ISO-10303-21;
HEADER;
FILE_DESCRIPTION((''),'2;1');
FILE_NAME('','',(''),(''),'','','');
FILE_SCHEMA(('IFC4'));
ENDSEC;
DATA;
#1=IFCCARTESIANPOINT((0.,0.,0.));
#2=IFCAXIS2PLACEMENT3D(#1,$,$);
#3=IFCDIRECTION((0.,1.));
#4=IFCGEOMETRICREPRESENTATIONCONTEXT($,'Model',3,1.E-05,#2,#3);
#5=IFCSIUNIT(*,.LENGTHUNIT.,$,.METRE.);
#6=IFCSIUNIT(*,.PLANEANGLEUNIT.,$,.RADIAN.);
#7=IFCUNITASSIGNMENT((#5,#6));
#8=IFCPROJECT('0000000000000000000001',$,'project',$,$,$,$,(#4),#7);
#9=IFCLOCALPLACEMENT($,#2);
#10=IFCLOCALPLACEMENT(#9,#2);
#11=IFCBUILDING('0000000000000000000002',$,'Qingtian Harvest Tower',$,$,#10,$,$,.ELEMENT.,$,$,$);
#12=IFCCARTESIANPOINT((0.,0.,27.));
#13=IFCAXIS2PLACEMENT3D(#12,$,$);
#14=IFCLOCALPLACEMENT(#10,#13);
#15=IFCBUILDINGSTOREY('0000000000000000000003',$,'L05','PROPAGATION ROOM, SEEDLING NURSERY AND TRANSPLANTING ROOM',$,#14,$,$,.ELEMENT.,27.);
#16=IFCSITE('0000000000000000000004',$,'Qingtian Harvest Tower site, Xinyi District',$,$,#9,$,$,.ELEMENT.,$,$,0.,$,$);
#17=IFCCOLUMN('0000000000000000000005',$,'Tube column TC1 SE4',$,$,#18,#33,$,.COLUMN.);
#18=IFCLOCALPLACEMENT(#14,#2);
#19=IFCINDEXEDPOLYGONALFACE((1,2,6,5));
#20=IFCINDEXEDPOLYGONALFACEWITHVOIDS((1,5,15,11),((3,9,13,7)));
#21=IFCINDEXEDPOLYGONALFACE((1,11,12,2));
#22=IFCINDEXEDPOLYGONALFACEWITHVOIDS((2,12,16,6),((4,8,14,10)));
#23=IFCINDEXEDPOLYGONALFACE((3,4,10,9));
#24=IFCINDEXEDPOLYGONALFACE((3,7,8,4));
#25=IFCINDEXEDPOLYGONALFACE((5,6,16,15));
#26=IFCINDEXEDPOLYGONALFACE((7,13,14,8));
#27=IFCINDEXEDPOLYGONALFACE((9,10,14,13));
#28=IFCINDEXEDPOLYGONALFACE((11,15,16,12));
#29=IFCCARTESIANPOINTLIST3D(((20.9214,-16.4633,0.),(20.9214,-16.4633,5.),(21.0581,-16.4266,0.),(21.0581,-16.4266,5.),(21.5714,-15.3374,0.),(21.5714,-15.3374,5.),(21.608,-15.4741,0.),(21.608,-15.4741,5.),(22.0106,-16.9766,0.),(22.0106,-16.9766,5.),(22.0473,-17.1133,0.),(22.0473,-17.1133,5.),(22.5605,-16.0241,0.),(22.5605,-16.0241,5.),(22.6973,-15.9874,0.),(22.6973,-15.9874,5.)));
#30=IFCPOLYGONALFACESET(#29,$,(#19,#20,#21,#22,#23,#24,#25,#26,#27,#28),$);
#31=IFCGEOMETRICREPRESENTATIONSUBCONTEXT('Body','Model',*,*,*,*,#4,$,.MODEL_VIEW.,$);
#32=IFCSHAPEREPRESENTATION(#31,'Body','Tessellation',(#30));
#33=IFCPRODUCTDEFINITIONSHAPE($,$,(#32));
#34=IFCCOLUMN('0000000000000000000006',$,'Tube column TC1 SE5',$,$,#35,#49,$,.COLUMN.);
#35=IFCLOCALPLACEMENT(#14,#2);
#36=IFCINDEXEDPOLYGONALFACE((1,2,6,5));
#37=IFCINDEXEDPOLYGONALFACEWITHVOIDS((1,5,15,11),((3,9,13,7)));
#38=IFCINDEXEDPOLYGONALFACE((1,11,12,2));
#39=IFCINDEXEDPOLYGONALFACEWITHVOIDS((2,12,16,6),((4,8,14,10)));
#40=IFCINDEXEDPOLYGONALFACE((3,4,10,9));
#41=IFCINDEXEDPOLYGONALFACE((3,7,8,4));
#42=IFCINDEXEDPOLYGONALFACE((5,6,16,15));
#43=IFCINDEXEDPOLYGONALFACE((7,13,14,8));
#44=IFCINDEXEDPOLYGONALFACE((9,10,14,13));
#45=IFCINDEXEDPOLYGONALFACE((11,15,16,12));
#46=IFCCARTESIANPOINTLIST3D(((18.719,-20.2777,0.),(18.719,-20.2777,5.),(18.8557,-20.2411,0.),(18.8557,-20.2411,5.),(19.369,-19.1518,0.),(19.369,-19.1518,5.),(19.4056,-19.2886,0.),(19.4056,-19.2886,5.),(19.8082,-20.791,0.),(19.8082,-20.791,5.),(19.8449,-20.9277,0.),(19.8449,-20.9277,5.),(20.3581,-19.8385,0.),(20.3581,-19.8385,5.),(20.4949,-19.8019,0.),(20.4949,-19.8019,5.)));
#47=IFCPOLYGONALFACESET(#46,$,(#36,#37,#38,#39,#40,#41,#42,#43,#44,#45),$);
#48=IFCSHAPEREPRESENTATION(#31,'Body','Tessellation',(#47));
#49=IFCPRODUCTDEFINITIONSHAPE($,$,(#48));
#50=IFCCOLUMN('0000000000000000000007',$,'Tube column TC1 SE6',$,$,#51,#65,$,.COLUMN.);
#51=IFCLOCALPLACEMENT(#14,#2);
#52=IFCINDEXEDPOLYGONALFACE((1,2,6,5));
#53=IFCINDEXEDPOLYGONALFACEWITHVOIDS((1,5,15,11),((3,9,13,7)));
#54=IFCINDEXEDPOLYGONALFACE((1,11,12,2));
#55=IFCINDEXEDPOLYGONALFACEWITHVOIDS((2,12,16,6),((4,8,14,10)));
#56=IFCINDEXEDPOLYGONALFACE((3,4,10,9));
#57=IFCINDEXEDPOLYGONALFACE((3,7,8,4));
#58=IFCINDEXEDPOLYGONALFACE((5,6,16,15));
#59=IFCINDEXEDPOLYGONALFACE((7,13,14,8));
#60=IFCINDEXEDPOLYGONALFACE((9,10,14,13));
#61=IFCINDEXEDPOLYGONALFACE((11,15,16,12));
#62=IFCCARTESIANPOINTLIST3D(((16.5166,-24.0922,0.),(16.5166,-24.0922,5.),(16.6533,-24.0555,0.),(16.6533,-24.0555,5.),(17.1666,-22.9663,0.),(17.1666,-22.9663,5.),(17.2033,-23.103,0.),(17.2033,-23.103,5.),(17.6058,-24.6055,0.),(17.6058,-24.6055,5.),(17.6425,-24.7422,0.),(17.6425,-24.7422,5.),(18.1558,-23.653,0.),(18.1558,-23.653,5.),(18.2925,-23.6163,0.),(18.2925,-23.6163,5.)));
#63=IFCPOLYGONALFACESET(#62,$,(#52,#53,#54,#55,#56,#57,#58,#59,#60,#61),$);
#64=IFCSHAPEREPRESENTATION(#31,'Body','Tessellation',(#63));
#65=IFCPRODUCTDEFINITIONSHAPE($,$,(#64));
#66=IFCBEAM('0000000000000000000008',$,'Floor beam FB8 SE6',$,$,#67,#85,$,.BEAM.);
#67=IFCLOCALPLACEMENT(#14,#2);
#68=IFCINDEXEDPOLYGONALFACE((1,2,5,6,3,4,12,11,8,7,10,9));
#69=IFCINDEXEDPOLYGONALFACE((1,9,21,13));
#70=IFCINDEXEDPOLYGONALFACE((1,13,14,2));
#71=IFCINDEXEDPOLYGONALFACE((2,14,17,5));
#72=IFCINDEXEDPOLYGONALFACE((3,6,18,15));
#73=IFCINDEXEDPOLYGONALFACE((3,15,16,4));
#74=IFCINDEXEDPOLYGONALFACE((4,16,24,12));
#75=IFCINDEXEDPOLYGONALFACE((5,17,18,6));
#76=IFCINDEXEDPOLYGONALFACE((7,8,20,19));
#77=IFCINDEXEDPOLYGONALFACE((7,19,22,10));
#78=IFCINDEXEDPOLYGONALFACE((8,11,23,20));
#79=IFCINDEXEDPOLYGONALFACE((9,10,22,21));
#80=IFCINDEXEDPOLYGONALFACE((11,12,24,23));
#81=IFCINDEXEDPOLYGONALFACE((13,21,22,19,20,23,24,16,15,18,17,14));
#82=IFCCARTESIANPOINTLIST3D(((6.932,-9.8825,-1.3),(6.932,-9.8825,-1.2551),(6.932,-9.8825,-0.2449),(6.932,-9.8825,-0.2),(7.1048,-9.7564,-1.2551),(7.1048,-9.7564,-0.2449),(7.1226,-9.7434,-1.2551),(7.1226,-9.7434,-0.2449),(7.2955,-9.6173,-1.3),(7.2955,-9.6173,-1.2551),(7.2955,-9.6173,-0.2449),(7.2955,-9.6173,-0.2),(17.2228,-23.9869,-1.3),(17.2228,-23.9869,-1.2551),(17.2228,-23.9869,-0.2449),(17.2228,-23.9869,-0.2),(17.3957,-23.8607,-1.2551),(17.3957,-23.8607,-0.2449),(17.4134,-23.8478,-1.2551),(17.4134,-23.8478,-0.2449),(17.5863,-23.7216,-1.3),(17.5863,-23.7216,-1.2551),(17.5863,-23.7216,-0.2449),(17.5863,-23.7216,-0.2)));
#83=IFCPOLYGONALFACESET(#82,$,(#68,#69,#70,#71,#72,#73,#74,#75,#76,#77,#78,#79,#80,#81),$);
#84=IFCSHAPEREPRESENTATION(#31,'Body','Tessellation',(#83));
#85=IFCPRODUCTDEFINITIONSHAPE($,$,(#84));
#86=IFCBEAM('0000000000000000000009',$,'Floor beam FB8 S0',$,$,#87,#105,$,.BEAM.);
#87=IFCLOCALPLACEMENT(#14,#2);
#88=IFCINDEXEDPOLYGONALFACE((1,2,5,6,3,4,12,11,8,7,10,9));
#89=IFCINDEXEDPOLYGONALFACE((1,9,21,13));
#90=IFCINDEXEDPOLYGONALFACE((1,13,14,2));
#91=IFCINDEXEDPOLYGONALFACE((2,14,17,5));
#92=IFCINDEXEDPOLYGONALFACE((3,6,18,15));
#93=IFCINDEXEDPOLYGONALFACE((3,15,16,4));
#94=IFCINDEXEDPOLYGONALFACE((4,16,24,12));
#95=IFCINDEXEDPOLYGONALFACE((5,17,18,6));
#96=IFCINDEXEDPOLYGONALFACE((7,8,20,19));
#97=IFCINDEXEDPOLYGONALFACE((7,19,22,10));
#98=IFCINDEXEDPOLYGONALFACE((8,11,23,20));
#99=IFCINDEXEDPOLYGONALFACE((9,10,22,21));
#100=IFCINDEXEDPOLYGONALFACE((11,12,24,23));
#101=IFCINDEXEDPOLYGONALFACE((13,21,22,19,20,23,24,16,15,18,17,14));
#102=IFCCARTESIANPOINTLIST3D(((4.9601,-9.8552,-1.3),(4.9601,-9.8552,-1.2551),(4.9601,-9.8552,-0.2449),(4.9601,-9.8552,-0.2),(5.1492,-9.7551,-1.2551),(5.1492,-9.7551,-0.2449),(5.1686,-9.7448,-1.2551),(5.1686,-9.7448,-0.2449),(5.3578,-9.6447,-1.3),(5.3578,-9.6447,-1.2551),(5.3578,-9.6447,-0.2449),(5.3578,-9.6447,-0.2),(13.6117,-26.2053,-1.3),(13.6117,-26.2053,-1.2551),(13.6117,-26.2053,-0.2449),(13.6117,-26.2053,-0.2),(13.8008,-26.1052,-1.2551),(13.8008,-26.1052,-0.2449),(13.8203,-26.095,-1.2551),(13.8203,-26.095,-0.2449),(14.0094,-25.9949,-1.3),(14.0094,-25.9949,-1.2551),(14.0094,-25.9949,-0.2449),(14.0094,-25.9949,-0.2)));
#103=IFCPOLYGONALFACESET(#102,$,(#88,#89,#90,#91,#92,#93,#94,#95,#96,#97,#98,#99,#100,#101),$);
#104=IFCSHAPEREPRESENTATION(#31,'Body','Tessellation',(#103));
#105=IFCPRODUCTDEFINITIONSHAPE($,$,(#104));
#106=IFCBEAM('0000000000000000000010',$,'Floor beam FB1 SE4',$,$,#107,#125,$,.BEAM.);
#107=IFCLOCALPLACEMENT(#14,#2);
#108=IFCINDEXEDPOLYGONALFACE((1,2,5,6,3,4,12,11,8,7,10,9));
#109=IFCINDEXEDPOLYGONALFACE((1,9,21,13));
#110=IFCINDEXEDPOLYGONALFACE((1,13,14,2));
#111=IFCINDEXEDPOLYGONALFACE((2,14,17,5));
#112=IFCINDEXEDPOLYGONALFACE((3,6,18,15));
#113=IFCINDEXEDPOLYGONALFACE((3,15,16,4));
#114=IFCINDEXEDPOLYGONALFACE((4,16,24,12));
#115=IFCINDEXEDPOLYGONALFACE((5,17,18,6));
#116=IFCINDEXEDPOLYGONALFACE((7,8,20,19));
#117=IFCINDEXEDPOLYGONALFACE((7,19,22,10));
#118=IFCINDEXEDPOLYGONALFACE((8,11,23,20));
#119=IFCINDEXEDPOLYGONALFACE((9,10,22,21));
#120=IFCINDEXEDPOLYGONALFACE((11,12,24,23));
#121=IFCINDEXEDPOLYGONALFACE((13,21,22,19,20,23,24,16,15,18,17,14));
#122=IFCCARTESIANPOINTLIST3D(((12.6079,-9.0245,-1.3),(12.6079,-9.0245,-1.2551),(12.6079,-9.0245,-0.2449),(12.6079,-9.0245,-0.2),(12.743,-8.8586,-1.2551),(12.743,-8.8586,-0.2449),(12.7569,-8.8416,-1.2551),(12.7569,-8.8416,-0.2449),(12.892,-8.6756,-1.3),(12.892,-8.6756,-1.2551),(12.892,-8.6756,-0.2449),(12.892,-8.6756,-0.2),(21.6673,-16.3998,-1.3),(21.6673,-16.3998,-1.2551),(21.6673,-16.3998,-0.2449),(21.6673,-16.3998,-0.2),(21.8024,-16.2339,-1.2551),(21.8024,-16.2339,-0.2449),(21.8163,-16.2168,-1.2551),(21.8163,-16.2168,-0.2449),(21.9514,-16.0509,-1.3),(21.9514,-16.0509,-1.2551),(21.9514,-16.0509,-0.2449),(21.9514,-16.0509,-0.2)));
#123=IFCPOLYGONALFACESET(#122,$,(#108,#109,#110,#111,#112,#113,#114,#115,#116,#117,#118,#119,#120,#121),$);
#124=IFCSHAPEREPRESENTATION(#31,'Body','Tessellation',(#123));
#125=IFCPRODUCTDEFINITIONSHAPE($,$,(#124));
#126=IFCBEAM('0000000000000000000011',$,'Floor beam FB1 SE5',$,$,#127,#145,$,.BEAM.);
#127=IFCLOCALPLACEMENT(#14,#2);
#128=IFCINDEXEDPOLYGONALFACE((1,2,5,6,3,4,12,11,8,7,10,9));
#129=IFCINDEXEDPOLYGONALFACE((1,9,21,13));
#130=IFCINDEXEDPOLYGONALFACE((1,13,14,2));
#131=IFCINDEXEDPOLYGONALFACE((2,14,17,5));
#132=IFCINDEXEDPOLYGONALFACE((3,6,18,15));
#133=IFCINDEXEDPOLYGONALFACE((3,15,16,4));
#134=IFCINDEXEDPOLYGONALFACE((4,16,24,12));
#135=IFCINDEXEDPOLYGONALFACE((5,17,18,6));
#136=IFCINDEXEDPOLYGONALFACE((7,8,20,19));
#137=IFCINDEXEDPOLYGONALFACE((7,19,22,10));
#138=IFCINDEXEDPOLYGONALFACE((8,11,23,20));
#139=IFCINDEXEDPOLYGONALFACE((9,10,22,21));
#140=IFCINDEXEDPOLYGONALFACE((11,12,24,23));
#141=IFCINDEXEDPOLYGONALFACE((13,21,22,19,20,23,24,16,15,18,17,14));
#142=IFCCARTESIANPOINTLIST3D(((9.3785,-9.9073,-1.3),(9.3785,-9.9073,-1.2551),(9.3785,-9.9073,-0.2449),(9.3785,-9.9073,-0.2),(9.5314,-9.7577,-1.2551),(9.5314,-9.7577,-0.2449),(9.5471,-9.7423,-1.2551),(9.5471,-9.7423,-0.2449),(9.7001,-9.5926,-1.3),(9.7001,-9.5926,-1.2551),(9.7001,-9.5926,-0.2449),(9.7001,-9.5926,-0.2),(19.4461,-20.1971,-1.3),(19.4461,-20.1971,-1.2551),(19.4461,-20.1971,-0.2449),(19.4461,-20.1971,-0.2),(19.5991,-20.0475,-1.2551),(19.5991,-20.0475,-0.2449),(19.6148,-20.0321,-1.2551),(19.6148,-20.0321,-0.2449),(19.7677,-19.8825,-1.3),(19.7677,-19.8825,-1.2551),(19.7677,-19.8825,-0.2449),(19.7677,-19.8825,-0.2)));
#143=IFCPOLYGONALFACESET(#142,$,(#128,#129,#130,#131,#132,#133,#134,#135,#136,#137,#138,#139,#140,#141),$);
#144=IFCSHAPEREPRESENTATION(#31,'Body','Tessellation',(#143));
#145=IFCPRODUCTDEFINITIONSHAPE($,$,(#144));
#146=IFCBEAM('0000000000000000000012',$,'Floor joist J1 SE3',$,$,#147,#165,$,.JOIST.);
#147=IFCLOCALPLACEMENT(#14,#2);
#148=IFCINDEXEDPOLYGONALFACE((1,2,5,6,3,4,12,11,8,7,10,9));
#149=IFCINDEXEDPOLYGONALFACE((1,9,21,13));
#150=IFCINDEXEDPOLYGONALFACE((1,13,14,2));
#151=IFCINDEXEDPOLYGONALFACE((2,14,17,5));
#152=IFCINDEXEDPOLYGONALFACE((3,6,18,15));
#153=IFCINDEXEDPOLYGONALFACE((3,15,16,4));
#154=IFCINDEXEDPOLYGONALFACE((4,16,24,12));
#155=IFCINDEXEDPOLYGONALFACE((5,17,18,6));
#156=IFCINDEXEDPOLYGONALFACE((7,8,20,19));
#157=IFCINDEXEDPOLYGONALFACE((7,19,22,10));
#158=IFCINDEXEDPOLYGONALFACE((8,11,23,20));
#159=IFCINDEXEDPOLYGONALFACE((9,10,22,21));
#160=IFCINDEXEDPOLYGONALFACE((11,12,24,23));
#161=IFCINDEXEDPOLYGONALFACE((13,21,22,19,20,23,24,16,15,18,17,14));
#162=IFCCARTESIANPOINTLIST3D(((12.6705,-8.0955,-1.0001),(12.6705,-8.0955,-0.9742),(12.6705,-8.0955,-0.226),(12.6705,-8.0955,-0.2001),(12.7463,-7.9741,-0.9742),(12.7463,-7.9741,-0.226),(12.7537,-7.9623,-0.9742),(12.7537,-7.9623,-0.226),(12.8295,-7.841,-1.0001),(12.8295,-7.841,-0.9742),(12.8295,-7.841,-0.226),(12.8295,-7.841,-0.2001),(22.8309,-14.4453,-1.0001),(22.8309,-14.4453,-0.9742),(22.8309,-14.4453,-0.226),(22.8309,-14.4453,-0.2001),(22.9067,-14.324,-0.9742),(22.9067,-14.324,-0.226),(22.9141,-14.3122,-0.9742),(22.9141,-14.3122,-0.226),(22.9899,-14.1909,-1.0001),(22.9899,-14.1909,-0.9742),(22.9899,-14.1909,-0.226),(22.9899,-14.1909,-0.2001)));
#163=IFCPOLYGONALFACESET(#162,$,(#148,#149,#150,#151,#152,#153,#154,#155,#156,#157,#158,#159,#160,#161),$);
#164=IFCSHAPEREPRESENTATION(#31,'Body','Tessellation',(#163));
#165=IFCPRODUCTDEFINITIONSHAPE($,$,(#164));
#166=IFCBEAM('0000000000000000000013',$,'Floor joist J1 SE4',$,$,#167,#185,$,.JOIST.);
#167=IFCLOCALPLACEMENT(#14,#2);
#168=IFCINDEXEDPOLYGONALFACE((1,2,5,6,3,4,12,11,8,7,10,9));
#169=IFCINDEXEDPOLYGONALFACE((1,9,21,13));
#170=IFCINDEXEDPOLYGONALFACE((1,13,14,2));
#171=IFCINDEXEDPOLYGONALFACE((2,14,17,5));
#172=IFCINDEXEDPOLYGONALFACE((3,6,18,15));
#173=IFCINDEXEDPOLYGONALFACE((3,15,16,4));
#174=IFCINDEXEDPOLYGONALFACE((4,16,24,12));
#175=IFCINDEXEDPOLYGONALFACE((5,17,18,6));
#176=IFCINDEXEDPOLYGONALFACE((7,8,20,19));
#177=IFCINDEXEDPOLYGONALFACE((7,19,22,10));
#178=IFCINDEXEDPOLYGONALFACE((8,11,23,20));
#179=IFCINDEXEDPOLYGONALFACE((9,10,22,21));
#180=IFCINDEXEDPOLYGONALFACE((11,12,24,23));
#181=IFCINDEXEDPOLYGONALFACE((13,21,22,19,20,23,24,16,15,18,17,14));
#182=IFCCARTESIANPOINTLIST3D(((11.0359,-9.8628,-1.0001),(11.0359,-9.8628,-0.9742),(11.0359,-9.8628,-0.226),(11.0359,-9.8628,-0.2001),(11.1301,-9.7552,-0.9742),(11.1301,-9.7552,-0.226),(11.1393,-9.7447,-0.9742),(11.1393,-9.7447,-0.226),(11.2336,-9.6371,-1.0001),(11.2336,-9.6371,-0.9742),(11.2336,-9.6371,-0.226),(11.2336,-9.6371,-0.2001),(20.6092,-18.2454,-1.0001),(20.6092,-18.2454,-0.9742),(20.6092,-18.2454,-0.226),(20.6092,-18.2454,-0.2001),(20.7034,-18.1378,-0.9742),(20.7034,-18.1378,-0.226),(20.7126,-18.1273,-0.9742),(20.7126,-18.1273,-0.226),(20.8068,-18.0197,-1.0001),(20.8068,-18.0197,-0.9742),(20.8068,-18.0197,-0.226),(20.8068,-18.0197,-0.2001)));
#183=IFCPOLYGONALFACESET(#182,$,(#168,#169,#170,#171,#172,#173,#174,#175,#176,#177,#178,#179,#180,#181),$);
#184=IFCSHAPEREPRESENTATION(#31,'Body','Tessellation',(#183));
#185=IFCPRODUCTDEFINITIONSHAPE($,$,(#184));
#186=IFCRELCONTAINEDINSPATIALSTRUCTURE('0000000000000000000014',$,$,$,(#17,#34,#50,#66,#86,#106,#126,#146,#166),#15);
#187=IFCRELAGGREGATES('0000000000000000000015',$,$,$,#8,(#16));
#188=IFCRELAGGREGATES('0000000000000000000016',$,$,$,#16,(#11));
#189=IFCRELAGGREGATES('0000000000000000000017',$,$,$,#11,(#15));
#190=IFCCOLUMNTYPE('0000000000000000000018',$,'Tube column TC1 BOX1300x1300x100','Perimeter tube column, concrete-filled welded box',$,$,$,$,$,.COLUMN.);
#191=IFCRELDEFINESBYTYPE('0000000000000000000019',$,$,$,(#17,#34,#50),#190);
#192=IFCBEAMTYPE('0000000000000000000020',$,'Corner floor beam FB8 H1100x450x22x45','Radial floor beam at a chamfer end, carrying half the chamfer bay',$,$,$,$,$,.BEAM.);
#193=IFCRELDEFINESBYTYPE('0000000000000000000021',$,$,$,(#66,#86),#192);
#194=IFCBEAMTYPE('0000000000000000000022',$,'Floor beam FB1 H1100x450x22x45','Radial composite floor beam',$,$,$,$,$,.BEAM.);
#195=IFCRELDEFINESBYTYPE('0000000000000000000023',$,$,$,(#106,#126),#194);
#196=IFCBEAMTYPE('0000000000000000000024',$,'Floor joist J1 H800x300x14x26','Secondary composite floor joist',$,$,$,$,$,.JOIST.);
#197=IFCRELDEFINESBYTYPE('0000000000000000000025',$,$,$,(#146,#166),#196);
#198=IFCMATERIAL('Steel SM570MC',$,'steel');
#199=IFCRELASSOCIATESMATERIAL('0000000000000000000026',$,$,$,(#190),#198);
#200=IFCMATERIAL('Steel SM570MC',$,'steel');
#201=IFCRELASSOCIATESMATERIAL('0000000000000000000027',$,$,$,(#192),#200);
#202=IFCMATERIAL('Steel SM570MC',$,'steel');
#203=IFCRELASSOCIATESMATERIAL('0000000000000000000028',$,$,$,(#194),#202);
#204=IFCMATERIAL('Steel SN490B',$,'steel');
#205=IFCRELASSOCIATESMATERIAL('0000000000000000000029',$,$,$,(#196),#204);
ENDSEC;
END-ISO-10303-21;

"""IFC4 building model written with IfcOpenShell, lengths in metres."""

from ifc_helpers import new_model, si_unit, direction, frame, origin, origin_2d, place, context, subcontext, project, spatial, hollow_rectangle, i_section, extrude, material, material_profile, profile_set, type_object, element, save


model = new_model("IFC4")

# Units and contexts
model_context = context("Model", 3, precision=1e-05, world=origin(), true_north=direction((0.0, 1.0)))
body_context = subcontext(model_context, "Body", "Model", "MODEL_VIEW")
ifc_project = project(units=[si_unit("LENGTHUNIT", "METRE"), si_unit("PLANEANGLEUNIT", "RADIAN")], contexts=[model_context])

# Site, building, storey
site_placement = place(None, origin())
site = spatial("IfcSite", under=ifc_project, at=site_placement, Name="Qingtian Harvest Tower site, Xinyi District", CompositionType="ELEMENT", RefElevation=0.0)
building_placement = place(site_placement, origin())
building = spatial("IfcBuilding", under=site, at=building_placement, Name="Qingtian Harvest Tower", CompositionType="ELEMENT")
storey_placement = place(building_placement, frame((0.0, 0.0, 27.0)))
storey = spatial("IfcBuildingStorey", under=building, at=storey_placement, Name="L05", Description="PROPAGATION ROOM, SEEDLING NURSERY AND TRANSPLANTING ROOM", CompositionType="ELEMENT", Elevation=27.0)

# Columns
ifc_material_1 = material(Name="Steel SM570MC", Category="steel")
ifc_material_profile_1 = material_profile(ifc_material_1, hollow_rectangle(XDim=1.3, YDim=1.3, WallThickness=0.1001, at=origin_2d()), Name="BOX1300x1300x100")
ifc_profile_set_1 = profile_set([ifc_material_profile_1], Name="Steel SM570MC")
column_type = type_object("IfcColumnType", Name="Tube column TC1 BOX1300x1300x100", Description="Perimeter tube column, concrete-filled welded box", PredefinedType="COLUMN", material=ifc_profile_set_1)
for number, where, z_axis, x_axis, name in (
    (1, (21.8093, -16.2253, 0.0), (0.0, 0.0, 1.0), (0.5, 0.866025, 0.0), "Tube column TC1 SE4"),
    (2, (19.6069, -20.0398, 0.0), (0.0, 0.0, 1.0), (0.5, 0.866025, 0.0), "Tube column TC1 SE5"),
    (3, (17.4045, -23.8542, 0.0), (0.0, 0.0, 1.0), (0.5, 0.866025, 0.0), "Tube column TC1 SE6"),
):
    element("IfcColumn", number, at=place(storey_placement, frame(where, z_axis=z_axis, x_axis=x_axis)), inside=storey, type_object=column_type, Name=name, PredefinedType="COLUMN", context=body_context, shape_type="SweptSolid", body=[
        extrude(hollow_rectangle(XDim=1.3, YDim=1.3, WallThickness=0.1001, at=origin_2d()), origin(), (0.0, 0.0, 1.0), 5.0),
    ])

# Beams
ifc_material_2 = material(Name="Steel SM570MC", Category="steel")
ifc_material_profile_2 = material_profile(ifc_material_2, i_section(OverallWidth=0.45, OverallDepth=1.1001, WebThickness=0.022, FlangeThickness=0.0449, at=origin_2d()), Name="H1100x450x22x45")
ifc_profile_set_2 = profile_set([ifc_material_profile_2], Name="Steel SM570MC")
beam_type_1 = type_object("IfcBeamType", Name="Corner floor beam FB8 H1100x450x22x45", Description="Radial floor beam at a chamfer end, carrying half the chamfer bay", PredefinedType="BEAM", material=ifc_profile_set_2)
beam_1_placement = place(storey_placement, frame((17.4045, -23.8542, -0.75), z_axis=(-0.589412, 0.807832, 0.0), x_axis=(-0.807832, -0.589412, 0.0)))
element("IfcBeam", 4, at=beam_1_placement, inside=storey, type_object=beam_type_1, Name="Floor beam FB8 SE6", PredefinedType="BEAM", context=body_context, shape_type="SweptSolid", body=[
    extrude(i_section(OverallWidth=0.45, OverallDepth=1.1001, WebThickness=0.022, FlangeThickness=0.0449, at=origin_2d()), origin(), (0.0, 0.0, 1.0), 17.4595),
])
beam_2_placement = place(storey_placement, frame((13.8105, -26.1001, -0.75), z_axis=(-0.467705, 0.883885, 0.0), x_axis=(-0.883885, -0.467705, 0.0)))
element("IfcBeam", 5, at=beam_2_placement, inside=storey, type_object=beam_type_1, Name="Floor beam FB8 S0", PredefinedType="BEAM", context=body_context, shape_type="SweptSolid", body=[
    extrude(i_section(OverallWidth=0.45, OverallDepth=1.1001, WebThickness=0.022, FlangeThickness=0.0449, at=origin_2d()), origin(), (0.0, 0.0, 1.0), 18.498),
])
ifc_material_3 = material(Name="Steel SM570MC", Category="steel")
ifc_material_profile_3 = material_profile(ifc_material_3, i_section(OverallWidth=0.45, OverallDepth=1.1001, WebThickness=0.022, FlangeThickness=0.0449, at=origin_2d()), Name="H1100x450x22x45")
ifc_profile_set_3 = profile_set([ifc_material_profile_3], Name="Steel SM570MC")
beam_type_2 = type_object("IfcBeamType", Name="Floor beam FB1 H1100x450x22x45", Description="Radial composite floor beam", PredefinedType="BEAM", material=ifc_profile_set_3)
beam_3_placement = place(storey_placement, frame((21.8093, -16.2253, -0.75), z_axis=(-0.775504, 0.631342, 0.0), x_axis=(-0.631342, -0.775504, 0.0)))
element("IfcBeam", 6, at=beam_3_placement, inside=storey, type_object=beam_type_2, Name="Floor beam FB1 SE4", PredefinedType="BEAM", context=body_context, shape_type="SweptSolid", body=[
    extrude(i_section(OverallWidth=0.45, OverallDepth=1.1001, WebThickness=0.022, FlangeThickness=0.0449, at=origin_2d()), origin(), (0.0, 0.0, 1.0), 11.6819),
])
beam_4_placement = place(storey_placement, frame((19.6069, -20.0398, -0.75), z_axis=(-0.699348, 0.714781, 0.0), x_axis=(-0.714781, -0.699348, 0.0)))
element("IfcBeam", 7, at=beam_4_placement, inside=storey, type_object=beam_type_2, Name="Floor beam FB1 SE5", PredefinedType="BEAM", context=body_context, shape_type="SweptSolid", body=[
    extrude(i_section(OverallWidth=0.45, OverallDepth=1.1001, WebThickness=0.022, FlangeThickness=0.0449, at=origin_2d()), origin(), (0.0, 0.0, 1.0), 14.3958),
])
ifc_material_4 = material(Name="Steel SN490B", Category="steel")
ifc_material_profile_4 = material_profile(ifc_material_4, i_section(OverallWidth=0.3, OverallDepth=0.8, WebThickness=0.0139, FlangeThickness=0.0259, at=origin_2d()), Name="H800x300x14x26")
ifc_profile_set_4 = profile_set([ifc_material_profile_4], Name="Steel SN490B")
beam_type_3 = type_object("IfcBeamType", Name="Floor joist J1 H800x300x14x26", Description="Secondary composite floor joist", PredefinedType="JOIST", material=ifc_profile_set_4)
beam_5_placement = place(storey_placement, frame((22.9104, -14.3181, -0.6001), z_axis=(-0.848013, 0.529975, 0.0), x_axis=(-0.529975, -0.848013, 0.0)))
element("IfcBeam", 8, at=beam_5_placement, inside=storey, type_object=beam_type_3, Name="Floor joist J1 SE3", PredefinedType="JOIST", context=body_context, shape_type="SweptSolid", body=[
    extrude(i_section(OverallWidth=0.3, OverallDepth=0.8, WebThickness=0.0139, FlangeThickness=0.0259, at=origin_2d()), origin(), (0.0, 0.0, 1.0), 11.9814),
])
beam_6_placement = place(storey_placement, frame((20.708, -18.1326, -0.6001), z_axis=(-0.752344, 0.658771, 0.0), x_axis=(-0.658771, -0.752344, 0.0)))
element("IfcBeam", 9, at=beam_6_placement, inside=storey, type_object=beam_type_3, Name="Floor joist J1 SE4", PredefinedType="JOIST", context=body_context, shape_type="SweptSolid", body=[
    extrude(i_section(OverallWidth=0.3, OverallDepth=0.8, WebThickness=0.0139, FlangeThickness=0.0259, at=origin_2d()), origin(), (0.0, 0.0, 1.0), 12.7246),
])

save(model, "model.ifc")
